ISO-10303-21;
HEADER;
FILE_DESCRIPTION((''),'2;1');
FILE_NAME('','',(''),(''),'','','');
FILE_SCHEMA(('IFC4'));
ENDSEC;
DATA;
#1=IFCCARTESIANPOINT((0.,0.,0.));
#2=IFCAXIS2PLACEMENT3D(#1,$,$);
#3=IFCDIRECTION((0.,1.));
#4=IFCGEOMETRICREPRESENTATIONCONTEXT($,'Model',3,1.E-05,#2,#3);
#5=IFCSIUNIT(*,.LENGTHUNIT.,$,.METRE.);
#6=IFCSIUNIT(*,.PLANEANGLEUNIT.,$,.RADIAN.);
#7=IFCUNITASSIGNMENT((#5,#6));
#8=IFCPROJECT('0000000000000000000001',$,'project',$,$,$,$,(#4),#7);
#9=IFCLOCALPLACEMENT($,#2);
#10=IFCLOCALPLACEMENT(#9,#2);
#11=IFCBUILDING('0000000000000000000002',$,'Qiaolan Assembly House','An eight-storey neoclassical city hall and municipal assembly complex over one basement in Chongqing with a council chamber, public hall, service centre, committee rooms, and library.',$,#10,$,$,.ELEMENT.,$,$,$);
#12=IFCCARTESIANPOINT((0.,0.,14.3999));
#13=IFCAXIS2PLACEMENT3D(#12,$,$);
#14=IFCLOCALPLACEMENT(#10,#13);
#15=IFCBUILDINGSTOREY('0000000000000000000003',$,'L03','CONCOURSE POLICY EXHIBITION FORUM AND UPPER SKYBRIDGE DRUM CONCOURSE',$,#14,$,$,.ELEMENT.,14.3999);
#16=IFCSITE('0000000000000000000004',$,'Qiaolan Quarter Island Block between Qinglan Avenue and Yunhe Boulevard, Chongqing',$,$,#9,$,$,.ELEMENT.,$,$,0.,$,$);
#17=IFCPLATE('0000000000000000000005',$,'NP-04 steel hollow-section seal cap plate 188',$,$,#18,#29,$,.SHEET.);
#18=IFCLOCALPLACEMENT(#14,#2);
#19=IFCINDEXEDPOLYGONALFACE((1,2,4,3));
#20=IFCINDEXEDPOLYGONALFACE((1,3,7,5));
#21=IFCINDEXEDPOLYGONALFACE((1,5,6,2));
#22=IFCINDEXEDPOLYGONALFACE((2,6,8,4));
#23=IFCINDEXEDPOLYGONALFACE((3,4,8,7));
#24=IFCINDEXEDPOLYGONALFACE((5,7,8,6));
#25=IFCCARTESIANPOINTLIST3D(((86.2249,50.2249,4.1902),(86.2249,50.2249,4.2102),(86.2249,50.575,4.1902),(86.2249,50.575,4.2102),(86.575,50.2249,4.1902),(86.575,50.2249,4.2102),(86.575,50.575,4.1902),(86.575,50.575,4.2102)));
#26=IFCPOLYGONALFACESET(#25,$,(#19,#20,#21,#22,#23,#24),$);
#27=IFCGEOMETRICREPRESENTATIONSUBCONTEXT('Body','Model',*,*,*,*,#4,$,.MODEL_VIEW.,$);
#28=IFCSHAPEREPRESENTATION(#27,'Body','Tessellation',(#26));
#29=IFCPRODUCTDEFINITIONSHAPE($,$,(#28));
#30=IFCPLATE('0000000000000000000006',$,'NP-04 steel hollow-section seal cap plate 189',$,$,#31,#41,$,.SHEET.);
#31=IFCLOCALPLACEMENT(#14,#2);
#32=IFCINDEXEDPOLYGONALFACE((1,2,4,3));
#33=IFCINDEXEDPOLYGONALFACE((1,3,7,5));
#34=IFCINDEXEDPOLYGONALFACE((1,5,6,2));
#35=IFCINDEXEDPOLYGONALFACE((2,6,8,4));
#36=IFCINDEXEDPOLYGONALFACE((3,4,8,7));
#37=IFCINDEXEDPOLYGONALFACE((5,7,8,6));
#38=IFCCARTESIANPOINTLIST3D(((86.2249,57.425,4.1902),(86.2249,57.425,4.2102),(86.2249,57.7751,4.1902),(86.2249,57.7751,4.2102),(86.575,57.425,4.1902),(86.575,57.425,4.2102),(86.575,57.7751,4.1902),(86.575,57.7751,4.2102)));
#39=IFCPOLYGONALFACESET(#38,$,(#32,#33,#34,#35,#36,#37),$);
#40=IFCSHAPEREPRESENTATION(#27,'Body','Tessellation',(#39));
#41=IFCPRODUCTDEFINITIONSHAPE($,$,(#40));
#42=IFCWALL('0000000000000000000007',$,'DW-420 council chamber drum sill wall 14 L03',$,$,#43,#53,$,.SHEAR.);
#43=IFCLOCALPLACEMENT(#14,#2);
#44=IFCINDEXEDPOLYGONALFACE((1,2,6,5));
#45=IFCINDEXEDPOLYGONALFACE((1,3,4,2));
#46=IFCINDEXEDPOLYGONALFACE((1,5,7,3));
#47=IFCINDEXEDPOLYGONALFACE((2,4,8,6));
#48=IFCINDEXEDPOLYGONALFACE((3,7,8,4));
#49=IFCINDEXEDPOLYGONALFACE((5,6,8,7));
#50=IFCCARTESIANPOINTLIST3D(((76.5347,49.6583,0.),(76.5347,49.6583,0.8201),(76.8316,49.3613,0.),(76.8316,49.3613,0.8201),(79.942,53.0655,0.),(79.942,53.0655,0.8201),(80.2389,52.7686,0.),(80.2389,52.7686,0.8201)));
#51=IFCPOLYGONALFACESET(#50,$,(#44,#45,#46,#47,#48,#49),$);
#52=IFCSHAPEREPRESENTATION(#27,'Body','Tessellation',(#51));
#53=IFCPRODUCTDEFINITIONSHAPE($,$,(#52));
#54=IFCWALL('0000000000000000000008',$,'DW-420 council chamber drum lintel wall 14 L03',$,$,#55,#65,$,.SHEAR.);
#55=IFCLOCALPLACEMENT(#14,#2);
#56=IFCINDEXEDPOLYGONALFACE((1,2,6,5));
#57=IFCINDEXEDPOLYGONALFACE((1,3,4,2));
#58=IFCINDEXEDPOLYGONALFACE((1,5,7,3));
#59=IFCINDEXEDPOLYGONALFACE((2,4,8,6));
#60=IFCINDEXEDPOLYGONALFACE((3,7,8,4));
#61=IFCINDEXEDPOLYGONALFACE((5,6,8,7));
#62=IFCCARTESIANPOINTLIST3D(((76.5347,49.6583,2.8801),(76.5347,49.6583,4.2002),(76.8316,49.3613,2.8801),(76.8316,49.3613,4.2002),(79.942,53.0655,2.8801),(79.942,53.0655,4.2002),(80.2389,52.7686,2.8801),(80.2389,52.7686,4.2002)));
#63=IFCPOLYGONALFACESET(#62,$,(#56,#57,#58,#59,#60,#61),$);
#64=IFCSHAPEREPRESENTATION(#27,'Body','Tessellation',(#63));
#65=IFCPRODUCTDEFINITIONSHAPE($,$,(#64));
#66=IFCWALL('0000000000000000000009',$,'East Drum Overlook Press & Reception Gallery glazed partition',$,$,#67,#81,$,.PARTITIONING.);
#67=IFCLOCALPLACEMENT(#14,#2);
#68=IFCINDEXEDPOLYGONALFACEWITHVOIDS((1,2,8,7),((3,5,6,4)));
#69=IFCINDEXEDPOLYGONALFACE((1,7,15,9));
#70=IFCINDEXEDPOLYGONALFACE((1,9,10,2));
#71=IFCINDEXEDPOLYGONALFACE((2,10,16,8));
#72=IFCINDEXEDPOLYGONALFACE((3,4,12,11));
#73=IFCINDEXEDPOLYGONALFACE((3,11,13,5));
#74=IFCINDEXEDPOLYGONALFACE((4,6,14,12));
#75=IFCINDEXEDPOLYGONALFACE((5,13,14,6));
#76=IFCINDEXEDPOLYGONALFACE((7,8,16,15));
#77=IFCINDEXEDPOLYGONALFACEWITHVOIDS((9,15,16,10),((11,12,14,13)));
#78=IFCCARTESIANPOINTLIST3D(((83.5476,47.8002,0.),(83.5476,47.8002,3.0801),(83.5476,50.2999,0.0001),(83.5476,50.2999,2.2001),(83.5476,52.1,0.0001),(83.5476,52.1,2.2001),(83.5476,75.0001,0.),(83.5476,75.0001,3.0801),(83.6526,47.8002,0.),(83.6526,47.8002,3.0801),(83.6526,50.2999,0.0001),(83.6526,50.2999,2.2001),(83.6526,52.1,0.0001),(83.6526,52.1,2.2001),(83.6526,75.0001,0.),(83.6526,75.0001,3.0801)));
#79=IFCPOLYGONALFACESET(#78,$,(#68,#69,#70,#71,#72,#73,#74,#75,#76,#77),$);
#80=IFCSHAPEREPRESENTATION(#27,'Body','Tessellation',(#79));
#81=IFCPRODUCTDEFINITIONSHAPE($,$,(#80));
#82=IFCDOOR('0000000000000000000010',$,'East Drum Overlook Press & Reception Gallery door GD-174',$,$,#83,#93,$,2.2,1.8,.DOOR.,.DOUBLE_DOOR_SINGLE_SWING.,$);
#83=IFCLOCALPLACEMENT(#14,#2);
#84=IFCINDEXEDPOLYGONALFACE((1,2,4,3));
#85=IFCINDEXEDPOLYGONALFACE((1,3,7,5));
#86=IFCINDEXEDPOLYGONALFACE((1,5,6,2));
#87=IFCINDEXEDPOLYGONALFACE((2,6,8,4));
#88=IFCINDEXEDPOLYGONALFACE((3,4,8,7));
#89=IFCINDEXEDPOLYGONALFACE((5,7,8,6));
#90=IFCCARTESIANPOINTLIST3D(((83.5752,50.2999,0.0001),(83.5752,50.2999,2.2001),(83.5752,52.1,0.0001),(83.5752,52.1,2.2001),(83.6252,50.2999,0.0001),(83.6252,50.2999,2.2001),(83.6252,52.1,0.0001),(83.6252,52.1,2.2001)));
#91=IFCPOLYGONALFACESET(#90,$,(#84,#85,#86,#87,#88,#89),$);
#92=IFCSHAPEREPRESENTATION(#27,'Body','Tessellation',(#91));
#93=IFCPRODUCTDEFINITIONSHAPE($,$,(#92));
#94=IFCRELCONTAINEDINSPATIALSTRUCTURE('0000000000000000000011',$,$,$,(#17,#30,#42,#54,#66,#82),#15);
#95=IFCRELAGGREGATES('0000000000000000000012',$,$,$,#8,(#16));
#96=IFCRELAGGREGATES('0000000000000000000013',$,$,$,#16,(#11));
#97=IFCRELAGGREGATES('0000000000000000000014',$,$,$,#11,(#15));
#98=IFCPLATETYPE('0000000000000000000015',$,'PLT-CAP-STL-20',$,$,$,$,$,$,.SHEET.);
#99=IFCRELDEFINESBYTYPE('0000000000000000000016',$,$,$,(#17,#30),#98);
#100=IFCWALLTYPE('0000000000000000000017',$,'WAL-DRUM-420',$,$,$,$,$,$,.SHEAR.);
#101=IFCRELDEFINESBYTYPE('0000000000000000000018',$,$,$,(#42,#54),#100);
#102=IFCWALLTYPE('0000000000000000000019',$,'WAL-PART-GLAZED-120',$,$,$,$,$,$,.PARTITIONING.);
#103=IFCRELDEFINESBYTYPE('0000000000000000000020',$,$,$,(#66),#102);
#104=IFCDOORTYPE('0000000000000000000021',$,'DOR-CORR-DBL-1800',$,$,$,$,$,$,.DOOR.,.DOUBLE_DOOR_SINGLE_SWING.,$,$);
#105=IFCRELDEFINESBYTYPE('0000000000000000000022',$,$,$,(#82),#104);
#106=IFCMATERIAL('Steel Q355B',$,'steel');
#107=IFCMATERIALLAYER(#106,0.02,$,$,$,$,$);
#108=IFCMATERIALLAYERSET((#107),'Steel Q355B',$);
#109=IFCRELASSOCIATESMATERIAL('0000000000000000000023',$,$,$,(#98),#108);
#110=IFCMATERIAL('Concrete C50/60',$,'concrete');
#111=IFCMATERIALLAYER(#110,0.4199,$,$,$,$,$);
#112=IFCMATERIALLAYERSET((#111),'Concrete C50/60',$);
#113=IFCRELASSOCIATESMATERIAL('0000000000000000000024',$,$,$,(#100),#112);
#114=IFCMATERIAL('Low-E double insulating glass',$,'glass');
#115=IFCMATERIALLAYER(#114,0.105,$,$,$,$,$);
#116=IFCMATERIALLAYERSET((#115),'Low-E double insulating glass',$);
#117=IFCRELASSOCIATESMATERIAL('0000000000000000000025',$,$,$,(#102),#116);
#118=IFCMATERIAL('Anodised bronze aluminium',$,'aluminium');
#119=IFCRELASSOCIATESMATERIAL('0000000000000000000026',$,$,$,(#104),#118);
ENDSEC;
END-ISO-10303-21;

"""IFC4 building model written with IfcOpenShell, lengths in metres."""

from ifc_helpers import new_model, si_unit, direction, frame, frame_2d, origin, origin_2d, place, context, subcontext, project, spatial, rectangle, extrude, material, layer, layer_set, type_object, element, fill, save


model = new_model("IFC4")

# Units and contexts
model_context = context("Model", 3, precision=1e-05, world=origin(), true_north=direction((0.0, 1.0)))
body_context = subcontext(model_context, "Body", "Model", "MODEL_VIEW")
ifc_project = project(units=[si_unit("LENGTHUNIT", "METRE"), si_unit("PLANEANGLEUNIT", "RADIAN")], contexts=[model_context])

# Site, building, storey
site_placement = place(None, origin())
site = spatial("IfcSite", under=ifc_project, at=site_placement, Name="Qiaolan Quarter Island Block between Qinglan Avenue and Yunhe Boulevard, Chongqing", CompositionType="ELEMENT", RefElevation=0.0)
building_placement = place(site_placement, origin())
building = spatial("IfcBuilding", under=site, at=building_placement, Name="Qiaolan Assembly House", Description="An eight-storey neoclassical city hall and municipal assembly complex over one basement in Chongqing with a council chamber, public hall, service centre, committee rooms, and library.", CompositionType="ELEMENT")
storey_placement = place(building_placement, frame((0.0, 0.0, 14.3999)))
storey = spatial("IfcBuildingStorey", under=building, at=storey_placement, Name="L03", Description="CONCOURSE POLICY EXHIBITION FORUM AND UPPER SKYBRIDGE DRUM CONCOURSE", CompositionType="ELEMENT", Elevation=14.3999)

# Shared definitions
ifc_material_1 = material(Name="Steel Q355B", Category="steel")

# Shared definitions
ifc_material_2 = material(Name="Anodised bronze aluminium", Category="aluminium")

# Shared definitions
ifc_material_3 = material(Name="Low-E double insulating glass", Category="glass")

# Plates
ifc_layer_1 = layer(ifc_material_1, 0.02)
ifc_layer_set_1 = layer_set([ifc_layer_1], Name="Steel Q355B")
plate_type_1 = type_object("IfcPlateType", Name="PLT-CAP-STL-20", PredefinedType="SHEET", material=ifc_layer_set_1)
for number, where, z_axis, x_axis, name in (
    (1, (86.3999, 50.3999, 4.1902), (0.0, 0.0, 1.0), (1.0, 0.0, 0.0), "NP-04 steel hollow-section seal cap plate 188"),
    (2, (86.3999, 57.6001, 4.1902), (0.0, 0.0, 1.0), (1.0, 0.0, 0.0), "NP-04 steel hollow-section seal cap plate 189"),
):
    element("IfcPlate", number, at=place(storey_placement, frame(where, z_axis=z_axis, x_axis=x_axis)), inside=storey, type_object=plate_type_1, Name=name, PredefinedType="SHEET", context=body_context, shape_type="SweptSolid", body=[
        extrude(rectangle(XDim=0.3501, YDim=0.3501, at=origin_2d()), origin(), (0.0, 0.0, 1.0), 0.02),
    ])

# Walls
ifc_material_4 = material(Name="Concrete C50/60", Category="concrete")
ifc_layer_2 = layer(ifc_material_4, 0.4199)
ifc_layer_set_2 = layer_set([ifc_layer_2], Name="Concrete C50/60")
wall_type_1 = type_object("IfcWallType", Name="WAL-DRUM-420", PredefinedType="SHEAR", material=ifc_layer_set_2)
wall_1_placement = place(storey_placement, frame((80.0903, 52.917, 0.0), z_axis=(0.0, 0.0, 1.0), x_axis=(-0.707107, -0.707107, 0.0)))
element("IfcWall", 3, at=wall_1_placement, inside=storey, type_object=wall_type_1, Name="DW-420 council chamber drum sill wall 14 L03", PredefinedType="SHEAR", context=body_context, shape_type="SweptSolid", body=[
    extrude(rectangle(XDim=4.8186, YDim=0.4199, at=frame_2d((2.4092, 0.0))), origin(), (0.0, 0.0, 1.0), 0.8201),
])
wall_2_placement = place(storey_placement, frame((80.0903, 52.917, 2.8801), z_axis=(0.0, 0.0, 1.0), x_axis=(-0.707107, -0.707107, 0.0)))
element("IfcWall", 4, at=wall_2_placement, inside=storey, type_object=wall_type_1, Name="DW-420 council chamber drum lintel wall 14 L03", PredefinedType="SHEAR", context=body_context, shape_type="SweptSolid", body=[
    extrude(rectangle(XDim=4.8186, YDim=0.4199, at=frame_2d((2.4092, 0.0))), origin(), (0.0, 0.0, 1.0), 1.3201),
])

# Wall, opening, door
ifc_layer_3 = layer(ifc_material_3, 0.105)
ifc_layer_set_3 = layer_set([ifc_layer_3], Name="Low-E double insulating glass")
wall_type_2 = type_object("IfcWallType", Name="WAL-PART-GLAZED-120", PredefinedType="PARTITIONING", material=ifc_layer_set_3)
wall_3_placement = place(storey_placement, frame((83.6001, 47.8, 0.0), z_axis=(0.0, 0.0, 1.0), x_axis=(0.0, 1.0, 0.0)))
wall_3 = element("IfcWall", 5, at=wall_3_placement, inside=storey, type_object=wall_type_2, Name="East Drum Overlook Press & Reception Gallery glazed partition", PredefinedType="PARTITIONING", context=body_context, shape_type="SweptSolid", body=[
    extrude(rectangle(XDim=27.2, YDim=0.105, at=frame_2d((13.6001, 0.0))), origin(), (0.0, 0.0, 1.0), 3.0801),
])
opening_placement = place(wall_3_placement, frame((2.5, 0.0, 0.0)))
opening = element("IfcOpeningElement", 6, at=opening_placement, cuts=wall_3, PredefinedType="OPENING", context=body_context, shape_type="SweptSolid", body=[
    extrude(rectangle(XDim=1.8, YDim=2.2, at=frame_2d((0.8999, 1.1001))), frame((0.0, 0.0625, 0.0), z_axis=(0.0, -1.0, 0.0), x_axis=(1.0, 0.0, 0.0)), (0.0, 0.0, 1.0), 0.125),
])
door_type = type_object("IfcDoorType", Name="DOR-CORR-DBL-1800", OperationType="DOUBLE_DOOR_SINGLE_SWING", PredefinedType="DOOR", material=ifc_material_2)
door_placement = place(opening_placement, origin())
door = element("IfcDoor", 7, at=door_placement, inside=storey, type_object=door_type, Name="East Drum Overlook Press & Reception Gallery door GD-174", OperationType="DOUBLE_DOOR_SINGLE_SWING", OverallHeight=2.2, OverallWidth=1.8, PredefinedType="DOOR", context=body_context, shape_type="SweptSolid", body=[
    extrude(rectangle(XDim=1.8, YDim=2.2, at=frame_2d((0.8999, 1.1001))), frame((0.0, 0.0249, 0.0), z_axis=(0.0, -1.0, 0.0), x_axis=(1.0, 0.0, 0.0)), (0.0, 0.0, 1.0), 0.05),
])
fill(opening, door)

save(model, "model.ifc")
